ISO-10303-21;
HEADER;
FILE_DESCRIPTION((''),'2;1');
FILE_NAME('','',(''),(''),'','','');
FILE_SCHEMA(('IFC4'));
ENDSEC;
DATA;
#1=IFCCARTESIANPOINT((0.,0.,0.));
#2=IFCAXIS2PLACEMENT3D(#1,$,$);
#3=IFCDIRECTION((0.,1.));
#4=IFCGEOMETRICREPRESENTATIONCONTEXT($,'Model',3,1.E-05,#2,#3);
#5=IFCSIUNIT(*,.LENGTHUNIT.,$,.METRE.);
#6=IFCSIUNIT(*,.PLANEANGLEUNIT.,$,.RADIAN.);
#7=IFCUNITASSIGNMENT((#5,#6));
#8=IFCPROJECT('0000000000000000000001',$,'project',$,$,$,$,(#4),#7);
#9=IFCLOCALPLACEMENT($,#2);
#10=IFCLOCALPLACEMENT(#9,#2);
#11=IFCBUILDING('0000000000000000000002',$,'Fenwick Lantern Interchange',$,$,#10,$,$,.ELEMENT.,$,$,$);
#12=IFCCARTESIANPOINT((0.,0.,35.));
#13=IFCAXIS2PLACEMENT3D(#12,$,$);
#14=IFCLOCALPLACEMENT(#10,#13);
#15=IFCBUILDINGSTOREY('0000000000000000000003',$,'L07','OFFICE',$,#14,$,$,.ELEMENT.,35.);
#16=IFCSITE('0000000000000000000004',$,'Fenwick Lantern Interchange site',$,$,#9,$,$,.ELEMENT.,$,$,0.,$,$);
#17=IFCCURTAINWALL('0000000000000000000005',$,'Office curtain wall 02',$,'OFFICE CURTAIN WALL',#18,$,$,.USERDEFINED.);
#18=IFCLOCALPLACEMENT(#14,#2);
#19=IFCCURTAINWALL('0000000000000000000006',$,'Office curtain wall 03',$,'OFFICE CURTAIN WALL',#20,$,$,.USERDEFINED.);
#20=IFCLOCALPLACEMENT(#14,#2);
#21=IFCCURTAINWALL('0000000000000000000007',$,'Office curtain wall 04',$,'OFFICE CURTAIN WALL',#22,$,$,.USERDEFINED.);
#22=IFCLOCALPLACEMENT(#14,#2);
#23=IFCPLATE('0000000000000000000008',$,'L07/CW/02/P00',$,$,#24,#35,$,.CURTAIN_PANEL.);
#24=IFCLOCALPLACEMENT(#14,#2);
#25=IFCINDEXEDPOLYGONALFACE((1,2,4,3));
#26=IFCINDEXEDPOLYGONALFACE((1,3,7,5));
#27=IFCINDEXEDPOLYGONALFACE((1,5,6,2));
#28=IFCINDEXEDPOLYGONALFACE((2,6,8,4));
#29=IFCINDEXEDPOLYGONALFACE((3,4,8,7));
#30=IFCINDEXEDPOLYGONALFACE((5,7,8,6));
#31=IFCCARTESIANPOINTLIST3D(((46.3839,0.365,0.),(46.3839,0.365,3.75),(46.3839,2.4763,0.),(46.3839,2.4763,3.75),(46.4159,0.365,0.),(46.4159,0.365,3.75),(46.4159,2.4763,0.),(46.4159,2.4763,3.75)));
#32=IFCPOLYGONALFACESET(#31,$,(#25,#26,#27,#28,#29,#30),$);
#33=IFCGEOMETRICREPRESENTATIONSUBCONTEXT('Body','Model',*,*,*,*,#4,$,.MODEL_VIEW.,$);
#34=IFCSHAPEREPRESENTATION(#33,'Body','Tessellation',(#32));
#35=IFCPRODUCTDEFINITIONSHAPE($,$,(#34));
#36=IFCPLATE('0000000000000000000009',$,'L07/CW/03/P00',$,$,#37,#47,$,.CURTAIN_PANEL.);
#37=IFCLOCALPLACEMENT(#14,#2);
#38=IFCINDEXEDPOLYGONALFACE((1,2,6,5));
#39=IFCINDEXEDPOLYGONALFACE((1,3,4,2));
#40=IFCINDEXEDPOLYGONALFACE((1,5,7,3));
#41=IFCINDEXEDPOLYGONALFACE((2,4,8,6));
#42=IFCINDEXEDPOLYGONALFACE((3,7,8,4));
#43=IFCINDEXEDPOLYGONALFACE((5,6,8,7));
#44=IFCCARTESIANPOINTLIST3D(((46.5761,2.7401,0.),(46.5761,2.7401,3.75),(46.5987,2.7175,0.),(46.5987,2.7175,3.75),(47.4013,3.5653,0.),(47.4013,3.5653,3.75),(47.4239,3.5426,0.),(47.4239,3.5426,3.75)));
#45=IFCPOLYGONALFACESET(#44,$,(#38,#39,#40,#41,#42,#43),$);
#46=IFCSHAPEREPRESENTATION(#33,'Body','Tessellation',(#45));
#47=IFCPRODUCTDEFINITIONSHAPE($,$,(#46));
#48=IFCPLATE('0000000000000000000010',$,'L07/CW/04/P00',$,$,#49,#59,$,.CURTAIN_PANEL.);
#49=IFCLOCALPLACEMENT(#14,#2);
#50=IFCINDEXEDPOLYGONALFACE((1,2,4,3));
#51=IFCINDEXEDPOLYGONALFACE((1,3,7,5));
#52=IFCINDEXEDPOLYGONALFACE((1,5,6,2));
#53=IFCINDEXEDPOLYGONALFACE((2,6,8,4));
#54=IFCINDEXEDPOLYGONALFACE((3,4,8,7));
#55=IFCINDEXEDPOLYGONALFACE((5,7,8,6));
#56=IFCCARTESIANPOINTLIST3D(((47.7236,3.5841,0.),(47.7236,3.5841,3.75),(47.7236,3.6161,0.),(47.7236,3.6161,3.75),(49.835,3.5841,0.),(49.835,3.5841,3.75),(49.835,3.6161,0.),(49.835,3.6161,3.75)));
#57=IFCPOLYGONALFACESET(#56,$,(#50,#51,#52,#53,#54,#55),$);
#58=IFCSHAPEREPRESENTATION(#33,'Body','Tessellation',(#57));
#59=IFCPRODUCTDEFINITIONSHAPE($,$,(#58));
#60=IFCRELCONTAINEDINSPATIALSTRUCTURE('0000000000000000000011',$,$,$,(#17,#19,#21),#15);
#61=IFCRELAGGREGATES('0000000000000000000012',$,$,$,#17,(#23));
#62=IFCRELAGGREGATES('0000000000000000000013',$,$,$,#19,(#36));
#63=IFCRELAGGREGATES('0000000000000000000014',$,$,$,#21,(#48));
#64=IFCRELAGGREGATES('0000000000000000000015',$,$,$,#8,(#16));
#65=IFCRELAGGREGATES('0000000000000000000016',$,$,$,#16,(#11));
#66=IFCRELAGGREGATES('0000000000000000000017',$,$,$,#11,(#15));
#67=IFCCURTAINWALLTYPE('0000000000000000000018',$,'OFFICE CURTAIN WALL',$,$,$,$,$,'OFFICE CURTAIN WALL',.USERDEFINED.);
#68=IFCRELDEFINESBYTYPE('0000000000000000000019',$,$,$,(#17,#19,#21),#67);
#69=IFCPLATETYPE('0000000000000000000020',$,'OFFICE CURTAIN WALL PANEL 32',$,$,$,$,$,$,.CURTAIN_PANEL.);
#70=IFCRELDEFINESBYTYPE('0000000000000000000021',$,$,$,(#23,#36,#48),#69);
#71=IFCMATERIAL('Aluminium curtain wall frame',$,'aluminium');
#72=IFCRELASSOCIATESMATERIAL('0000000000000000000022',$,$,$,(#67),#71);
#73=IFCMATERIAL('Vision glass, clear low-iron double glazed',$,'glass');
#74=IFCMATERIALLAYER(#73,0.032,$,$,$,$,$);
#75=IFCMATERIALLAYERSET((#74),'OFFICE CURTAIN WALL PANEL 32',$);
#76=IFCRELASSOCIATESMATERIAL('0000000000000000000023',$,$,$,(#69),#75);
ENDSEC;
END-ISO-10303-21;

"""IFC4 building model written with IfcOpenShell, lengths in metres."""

from ifc_helpers import new_model, si_unit, direction, frame, origin, origin_2d, place, context, subcontext, project, spatial, rectangle, extrude, material, layer, layer_set, type_object, element, aggregate, save


model = new_model("IFC4")

# Units and contexts
model_context = context("Model", 3, precision=1e-05, world=origin(), true_north=direction((0.0, 1.0)))
body_context = subcontext(model_context, "Body", "Model", "MODEL_VIEW")
ifc_project = project(units=[si_unit("LENGTHUNIT", "METRE"), si_unit("PLANEANGLEUNIT", "RADIAN")], contexts=[model_context])

# Site, building, storey
site_placement = place(None, origin())
site = spatial("IfcSite", under=ifc_project, at=site_placement, Name="Fenwick Lantern Interchange site", CompositionType="ELEMENT", RefElevation=0.0)
building_placement = place(site_placement, origin())
building = spatial("IfcBuilding", under=site, at=building_placement, Name="Fenwick Lantern Interchange", CompositionType="ELEMENT")
storey_placement = place(building_placement, frame((0.0, 0.0, 35.0)))
storey = spatial("IfcBuildingStorey", under=building, at=storey_placement, Name="L07", Description="OFFICE", CompositionType="ELEMENT", Elevation=35.0)

# Shared definitions
ifc_material_1 = material(Name="Aluminium curtain wall frame", Category="aluminium")
curtain_wall_type = type_object("IfcCurtainWallType", Name="OFFICE CURTAIN WALL", ElementType="OFFICE CURTAIN WALL", PredefinedType="USERDEFINED", material=ifc_material_1)

# Curtain walls
curtain_wall_1_placement = place(storey_placement, origin())
curtain_wall_1 = element("IfcCurtainWall", 1, at=curtain_wall_1_placement, inside=storey, type_object=curtain_wall_type, Name="Office curtain wall 02", ObjectType="OFFICE CURTAIN WALL", PredefinedType="USERDEFINED")
curtain_wall_2_placement = place(storey_placement, origin())
curtain_wall_2 = element("IfcCurtainWall", 2, at=curtain_wall_2_placement, inside=storey, type_object=curtain_wall_type, Name="Office curtain wall 03", ObjectType="OFFICE CURTAIN WALL", PredefinedType="USERDEFINED")
curtain_wall_3_placement = place(storey_placement, origin())
curtain_wall_3 = element("IfcCurtainWall", 3, at=curtain_wall_3_placement, inside=storey, type_object=curtain_wall_type, Name="Office curtain wall 04", ObjectType="OFFICE CURTAIN WALL", PredefinedType="USERDEFINED")

# Plates
ifc_material_2 = material(Name="Vision glass, clear low-iron double glazed", Category="glass")
ifc_layer_1 = layer(ifc_material_2, 0.032)
ifc_layer_set_1 = layer_set([ifc_layer_1], Name="OFFICE CURTAIN WALL PANEL 32")
plate_type = type_object("IfcPlateType", Name="OFFICE CURTAIN WALL PANEL 32", PredefinedType="CURTAIN_PANEL", material=ifc_layer_set_1)
plate_1_placement = place(storey_placement, frame((46.3999, 1.4207, 0.0), z_axis=(0.0, 0.0, 1.0), x_axis=(0.0, 1.0, 0.0)))
plate_1 = element("IfcPlate", 4, at=plate_1_placement, type_object=plate_type, Name="L07/CW/02/P00", PredefinedType="CURTAIN_PANEL", context=body_context, shape_type="SweptSolid", body=[
    extrude(rectangle(XDim=2.1113, YDim=0.032, at=origin_2d()), origin(), (0.0, 0.0, 1.0), 3.75),
])
aggregate(curtain_wall_1, [plate_1])
plate_2_placement = place(storey_placement, frame((47.0, 3.1414, 0.0), z_axis=(0.0, 0.0, 1.0), x_axis=(0.707107, 0.707107, 0.0)))
plate_2 = element("IfcPlate", 5, at=plate_2_placement, type_object=plate_type, Name="L07/CW/03/P00", PredefinedType="CURTAIN_PANEL", context=body_context, shape_type="SweptSolid", body=[
    extrude(rectangle(XDim=1.167, YDim=0.032, at=origin_2d()), origin(), (0.0, 0.0, 1.0), 3.75),
])
aggregate(curtain_wall_2, [plate_2])
plate_3_placement = place(storey_placement, frame((48.7793, 3.6001, 0.0), z_axis=(0.0, 0.0, 1.0), x_axis=(1.0, 0.0, 0.0)))
plate_3 = element("IfcPlate", 6, at=plate_3_placement, type_object=plate_type, Name="L07/CW/04/P00", PredefinedType="CURTAIN_PANEL", context=body_context, shape_type="SweptSolid", body=[
    extrude(rectangle(XDim=2.1113, YDim=0.032, at=origin_2d()), origin(), (0.0, 0.0, 1.0), 3.75),
])
aggregate(curtain_wall_3, [plate_3])

save(model, "model.ifc")
